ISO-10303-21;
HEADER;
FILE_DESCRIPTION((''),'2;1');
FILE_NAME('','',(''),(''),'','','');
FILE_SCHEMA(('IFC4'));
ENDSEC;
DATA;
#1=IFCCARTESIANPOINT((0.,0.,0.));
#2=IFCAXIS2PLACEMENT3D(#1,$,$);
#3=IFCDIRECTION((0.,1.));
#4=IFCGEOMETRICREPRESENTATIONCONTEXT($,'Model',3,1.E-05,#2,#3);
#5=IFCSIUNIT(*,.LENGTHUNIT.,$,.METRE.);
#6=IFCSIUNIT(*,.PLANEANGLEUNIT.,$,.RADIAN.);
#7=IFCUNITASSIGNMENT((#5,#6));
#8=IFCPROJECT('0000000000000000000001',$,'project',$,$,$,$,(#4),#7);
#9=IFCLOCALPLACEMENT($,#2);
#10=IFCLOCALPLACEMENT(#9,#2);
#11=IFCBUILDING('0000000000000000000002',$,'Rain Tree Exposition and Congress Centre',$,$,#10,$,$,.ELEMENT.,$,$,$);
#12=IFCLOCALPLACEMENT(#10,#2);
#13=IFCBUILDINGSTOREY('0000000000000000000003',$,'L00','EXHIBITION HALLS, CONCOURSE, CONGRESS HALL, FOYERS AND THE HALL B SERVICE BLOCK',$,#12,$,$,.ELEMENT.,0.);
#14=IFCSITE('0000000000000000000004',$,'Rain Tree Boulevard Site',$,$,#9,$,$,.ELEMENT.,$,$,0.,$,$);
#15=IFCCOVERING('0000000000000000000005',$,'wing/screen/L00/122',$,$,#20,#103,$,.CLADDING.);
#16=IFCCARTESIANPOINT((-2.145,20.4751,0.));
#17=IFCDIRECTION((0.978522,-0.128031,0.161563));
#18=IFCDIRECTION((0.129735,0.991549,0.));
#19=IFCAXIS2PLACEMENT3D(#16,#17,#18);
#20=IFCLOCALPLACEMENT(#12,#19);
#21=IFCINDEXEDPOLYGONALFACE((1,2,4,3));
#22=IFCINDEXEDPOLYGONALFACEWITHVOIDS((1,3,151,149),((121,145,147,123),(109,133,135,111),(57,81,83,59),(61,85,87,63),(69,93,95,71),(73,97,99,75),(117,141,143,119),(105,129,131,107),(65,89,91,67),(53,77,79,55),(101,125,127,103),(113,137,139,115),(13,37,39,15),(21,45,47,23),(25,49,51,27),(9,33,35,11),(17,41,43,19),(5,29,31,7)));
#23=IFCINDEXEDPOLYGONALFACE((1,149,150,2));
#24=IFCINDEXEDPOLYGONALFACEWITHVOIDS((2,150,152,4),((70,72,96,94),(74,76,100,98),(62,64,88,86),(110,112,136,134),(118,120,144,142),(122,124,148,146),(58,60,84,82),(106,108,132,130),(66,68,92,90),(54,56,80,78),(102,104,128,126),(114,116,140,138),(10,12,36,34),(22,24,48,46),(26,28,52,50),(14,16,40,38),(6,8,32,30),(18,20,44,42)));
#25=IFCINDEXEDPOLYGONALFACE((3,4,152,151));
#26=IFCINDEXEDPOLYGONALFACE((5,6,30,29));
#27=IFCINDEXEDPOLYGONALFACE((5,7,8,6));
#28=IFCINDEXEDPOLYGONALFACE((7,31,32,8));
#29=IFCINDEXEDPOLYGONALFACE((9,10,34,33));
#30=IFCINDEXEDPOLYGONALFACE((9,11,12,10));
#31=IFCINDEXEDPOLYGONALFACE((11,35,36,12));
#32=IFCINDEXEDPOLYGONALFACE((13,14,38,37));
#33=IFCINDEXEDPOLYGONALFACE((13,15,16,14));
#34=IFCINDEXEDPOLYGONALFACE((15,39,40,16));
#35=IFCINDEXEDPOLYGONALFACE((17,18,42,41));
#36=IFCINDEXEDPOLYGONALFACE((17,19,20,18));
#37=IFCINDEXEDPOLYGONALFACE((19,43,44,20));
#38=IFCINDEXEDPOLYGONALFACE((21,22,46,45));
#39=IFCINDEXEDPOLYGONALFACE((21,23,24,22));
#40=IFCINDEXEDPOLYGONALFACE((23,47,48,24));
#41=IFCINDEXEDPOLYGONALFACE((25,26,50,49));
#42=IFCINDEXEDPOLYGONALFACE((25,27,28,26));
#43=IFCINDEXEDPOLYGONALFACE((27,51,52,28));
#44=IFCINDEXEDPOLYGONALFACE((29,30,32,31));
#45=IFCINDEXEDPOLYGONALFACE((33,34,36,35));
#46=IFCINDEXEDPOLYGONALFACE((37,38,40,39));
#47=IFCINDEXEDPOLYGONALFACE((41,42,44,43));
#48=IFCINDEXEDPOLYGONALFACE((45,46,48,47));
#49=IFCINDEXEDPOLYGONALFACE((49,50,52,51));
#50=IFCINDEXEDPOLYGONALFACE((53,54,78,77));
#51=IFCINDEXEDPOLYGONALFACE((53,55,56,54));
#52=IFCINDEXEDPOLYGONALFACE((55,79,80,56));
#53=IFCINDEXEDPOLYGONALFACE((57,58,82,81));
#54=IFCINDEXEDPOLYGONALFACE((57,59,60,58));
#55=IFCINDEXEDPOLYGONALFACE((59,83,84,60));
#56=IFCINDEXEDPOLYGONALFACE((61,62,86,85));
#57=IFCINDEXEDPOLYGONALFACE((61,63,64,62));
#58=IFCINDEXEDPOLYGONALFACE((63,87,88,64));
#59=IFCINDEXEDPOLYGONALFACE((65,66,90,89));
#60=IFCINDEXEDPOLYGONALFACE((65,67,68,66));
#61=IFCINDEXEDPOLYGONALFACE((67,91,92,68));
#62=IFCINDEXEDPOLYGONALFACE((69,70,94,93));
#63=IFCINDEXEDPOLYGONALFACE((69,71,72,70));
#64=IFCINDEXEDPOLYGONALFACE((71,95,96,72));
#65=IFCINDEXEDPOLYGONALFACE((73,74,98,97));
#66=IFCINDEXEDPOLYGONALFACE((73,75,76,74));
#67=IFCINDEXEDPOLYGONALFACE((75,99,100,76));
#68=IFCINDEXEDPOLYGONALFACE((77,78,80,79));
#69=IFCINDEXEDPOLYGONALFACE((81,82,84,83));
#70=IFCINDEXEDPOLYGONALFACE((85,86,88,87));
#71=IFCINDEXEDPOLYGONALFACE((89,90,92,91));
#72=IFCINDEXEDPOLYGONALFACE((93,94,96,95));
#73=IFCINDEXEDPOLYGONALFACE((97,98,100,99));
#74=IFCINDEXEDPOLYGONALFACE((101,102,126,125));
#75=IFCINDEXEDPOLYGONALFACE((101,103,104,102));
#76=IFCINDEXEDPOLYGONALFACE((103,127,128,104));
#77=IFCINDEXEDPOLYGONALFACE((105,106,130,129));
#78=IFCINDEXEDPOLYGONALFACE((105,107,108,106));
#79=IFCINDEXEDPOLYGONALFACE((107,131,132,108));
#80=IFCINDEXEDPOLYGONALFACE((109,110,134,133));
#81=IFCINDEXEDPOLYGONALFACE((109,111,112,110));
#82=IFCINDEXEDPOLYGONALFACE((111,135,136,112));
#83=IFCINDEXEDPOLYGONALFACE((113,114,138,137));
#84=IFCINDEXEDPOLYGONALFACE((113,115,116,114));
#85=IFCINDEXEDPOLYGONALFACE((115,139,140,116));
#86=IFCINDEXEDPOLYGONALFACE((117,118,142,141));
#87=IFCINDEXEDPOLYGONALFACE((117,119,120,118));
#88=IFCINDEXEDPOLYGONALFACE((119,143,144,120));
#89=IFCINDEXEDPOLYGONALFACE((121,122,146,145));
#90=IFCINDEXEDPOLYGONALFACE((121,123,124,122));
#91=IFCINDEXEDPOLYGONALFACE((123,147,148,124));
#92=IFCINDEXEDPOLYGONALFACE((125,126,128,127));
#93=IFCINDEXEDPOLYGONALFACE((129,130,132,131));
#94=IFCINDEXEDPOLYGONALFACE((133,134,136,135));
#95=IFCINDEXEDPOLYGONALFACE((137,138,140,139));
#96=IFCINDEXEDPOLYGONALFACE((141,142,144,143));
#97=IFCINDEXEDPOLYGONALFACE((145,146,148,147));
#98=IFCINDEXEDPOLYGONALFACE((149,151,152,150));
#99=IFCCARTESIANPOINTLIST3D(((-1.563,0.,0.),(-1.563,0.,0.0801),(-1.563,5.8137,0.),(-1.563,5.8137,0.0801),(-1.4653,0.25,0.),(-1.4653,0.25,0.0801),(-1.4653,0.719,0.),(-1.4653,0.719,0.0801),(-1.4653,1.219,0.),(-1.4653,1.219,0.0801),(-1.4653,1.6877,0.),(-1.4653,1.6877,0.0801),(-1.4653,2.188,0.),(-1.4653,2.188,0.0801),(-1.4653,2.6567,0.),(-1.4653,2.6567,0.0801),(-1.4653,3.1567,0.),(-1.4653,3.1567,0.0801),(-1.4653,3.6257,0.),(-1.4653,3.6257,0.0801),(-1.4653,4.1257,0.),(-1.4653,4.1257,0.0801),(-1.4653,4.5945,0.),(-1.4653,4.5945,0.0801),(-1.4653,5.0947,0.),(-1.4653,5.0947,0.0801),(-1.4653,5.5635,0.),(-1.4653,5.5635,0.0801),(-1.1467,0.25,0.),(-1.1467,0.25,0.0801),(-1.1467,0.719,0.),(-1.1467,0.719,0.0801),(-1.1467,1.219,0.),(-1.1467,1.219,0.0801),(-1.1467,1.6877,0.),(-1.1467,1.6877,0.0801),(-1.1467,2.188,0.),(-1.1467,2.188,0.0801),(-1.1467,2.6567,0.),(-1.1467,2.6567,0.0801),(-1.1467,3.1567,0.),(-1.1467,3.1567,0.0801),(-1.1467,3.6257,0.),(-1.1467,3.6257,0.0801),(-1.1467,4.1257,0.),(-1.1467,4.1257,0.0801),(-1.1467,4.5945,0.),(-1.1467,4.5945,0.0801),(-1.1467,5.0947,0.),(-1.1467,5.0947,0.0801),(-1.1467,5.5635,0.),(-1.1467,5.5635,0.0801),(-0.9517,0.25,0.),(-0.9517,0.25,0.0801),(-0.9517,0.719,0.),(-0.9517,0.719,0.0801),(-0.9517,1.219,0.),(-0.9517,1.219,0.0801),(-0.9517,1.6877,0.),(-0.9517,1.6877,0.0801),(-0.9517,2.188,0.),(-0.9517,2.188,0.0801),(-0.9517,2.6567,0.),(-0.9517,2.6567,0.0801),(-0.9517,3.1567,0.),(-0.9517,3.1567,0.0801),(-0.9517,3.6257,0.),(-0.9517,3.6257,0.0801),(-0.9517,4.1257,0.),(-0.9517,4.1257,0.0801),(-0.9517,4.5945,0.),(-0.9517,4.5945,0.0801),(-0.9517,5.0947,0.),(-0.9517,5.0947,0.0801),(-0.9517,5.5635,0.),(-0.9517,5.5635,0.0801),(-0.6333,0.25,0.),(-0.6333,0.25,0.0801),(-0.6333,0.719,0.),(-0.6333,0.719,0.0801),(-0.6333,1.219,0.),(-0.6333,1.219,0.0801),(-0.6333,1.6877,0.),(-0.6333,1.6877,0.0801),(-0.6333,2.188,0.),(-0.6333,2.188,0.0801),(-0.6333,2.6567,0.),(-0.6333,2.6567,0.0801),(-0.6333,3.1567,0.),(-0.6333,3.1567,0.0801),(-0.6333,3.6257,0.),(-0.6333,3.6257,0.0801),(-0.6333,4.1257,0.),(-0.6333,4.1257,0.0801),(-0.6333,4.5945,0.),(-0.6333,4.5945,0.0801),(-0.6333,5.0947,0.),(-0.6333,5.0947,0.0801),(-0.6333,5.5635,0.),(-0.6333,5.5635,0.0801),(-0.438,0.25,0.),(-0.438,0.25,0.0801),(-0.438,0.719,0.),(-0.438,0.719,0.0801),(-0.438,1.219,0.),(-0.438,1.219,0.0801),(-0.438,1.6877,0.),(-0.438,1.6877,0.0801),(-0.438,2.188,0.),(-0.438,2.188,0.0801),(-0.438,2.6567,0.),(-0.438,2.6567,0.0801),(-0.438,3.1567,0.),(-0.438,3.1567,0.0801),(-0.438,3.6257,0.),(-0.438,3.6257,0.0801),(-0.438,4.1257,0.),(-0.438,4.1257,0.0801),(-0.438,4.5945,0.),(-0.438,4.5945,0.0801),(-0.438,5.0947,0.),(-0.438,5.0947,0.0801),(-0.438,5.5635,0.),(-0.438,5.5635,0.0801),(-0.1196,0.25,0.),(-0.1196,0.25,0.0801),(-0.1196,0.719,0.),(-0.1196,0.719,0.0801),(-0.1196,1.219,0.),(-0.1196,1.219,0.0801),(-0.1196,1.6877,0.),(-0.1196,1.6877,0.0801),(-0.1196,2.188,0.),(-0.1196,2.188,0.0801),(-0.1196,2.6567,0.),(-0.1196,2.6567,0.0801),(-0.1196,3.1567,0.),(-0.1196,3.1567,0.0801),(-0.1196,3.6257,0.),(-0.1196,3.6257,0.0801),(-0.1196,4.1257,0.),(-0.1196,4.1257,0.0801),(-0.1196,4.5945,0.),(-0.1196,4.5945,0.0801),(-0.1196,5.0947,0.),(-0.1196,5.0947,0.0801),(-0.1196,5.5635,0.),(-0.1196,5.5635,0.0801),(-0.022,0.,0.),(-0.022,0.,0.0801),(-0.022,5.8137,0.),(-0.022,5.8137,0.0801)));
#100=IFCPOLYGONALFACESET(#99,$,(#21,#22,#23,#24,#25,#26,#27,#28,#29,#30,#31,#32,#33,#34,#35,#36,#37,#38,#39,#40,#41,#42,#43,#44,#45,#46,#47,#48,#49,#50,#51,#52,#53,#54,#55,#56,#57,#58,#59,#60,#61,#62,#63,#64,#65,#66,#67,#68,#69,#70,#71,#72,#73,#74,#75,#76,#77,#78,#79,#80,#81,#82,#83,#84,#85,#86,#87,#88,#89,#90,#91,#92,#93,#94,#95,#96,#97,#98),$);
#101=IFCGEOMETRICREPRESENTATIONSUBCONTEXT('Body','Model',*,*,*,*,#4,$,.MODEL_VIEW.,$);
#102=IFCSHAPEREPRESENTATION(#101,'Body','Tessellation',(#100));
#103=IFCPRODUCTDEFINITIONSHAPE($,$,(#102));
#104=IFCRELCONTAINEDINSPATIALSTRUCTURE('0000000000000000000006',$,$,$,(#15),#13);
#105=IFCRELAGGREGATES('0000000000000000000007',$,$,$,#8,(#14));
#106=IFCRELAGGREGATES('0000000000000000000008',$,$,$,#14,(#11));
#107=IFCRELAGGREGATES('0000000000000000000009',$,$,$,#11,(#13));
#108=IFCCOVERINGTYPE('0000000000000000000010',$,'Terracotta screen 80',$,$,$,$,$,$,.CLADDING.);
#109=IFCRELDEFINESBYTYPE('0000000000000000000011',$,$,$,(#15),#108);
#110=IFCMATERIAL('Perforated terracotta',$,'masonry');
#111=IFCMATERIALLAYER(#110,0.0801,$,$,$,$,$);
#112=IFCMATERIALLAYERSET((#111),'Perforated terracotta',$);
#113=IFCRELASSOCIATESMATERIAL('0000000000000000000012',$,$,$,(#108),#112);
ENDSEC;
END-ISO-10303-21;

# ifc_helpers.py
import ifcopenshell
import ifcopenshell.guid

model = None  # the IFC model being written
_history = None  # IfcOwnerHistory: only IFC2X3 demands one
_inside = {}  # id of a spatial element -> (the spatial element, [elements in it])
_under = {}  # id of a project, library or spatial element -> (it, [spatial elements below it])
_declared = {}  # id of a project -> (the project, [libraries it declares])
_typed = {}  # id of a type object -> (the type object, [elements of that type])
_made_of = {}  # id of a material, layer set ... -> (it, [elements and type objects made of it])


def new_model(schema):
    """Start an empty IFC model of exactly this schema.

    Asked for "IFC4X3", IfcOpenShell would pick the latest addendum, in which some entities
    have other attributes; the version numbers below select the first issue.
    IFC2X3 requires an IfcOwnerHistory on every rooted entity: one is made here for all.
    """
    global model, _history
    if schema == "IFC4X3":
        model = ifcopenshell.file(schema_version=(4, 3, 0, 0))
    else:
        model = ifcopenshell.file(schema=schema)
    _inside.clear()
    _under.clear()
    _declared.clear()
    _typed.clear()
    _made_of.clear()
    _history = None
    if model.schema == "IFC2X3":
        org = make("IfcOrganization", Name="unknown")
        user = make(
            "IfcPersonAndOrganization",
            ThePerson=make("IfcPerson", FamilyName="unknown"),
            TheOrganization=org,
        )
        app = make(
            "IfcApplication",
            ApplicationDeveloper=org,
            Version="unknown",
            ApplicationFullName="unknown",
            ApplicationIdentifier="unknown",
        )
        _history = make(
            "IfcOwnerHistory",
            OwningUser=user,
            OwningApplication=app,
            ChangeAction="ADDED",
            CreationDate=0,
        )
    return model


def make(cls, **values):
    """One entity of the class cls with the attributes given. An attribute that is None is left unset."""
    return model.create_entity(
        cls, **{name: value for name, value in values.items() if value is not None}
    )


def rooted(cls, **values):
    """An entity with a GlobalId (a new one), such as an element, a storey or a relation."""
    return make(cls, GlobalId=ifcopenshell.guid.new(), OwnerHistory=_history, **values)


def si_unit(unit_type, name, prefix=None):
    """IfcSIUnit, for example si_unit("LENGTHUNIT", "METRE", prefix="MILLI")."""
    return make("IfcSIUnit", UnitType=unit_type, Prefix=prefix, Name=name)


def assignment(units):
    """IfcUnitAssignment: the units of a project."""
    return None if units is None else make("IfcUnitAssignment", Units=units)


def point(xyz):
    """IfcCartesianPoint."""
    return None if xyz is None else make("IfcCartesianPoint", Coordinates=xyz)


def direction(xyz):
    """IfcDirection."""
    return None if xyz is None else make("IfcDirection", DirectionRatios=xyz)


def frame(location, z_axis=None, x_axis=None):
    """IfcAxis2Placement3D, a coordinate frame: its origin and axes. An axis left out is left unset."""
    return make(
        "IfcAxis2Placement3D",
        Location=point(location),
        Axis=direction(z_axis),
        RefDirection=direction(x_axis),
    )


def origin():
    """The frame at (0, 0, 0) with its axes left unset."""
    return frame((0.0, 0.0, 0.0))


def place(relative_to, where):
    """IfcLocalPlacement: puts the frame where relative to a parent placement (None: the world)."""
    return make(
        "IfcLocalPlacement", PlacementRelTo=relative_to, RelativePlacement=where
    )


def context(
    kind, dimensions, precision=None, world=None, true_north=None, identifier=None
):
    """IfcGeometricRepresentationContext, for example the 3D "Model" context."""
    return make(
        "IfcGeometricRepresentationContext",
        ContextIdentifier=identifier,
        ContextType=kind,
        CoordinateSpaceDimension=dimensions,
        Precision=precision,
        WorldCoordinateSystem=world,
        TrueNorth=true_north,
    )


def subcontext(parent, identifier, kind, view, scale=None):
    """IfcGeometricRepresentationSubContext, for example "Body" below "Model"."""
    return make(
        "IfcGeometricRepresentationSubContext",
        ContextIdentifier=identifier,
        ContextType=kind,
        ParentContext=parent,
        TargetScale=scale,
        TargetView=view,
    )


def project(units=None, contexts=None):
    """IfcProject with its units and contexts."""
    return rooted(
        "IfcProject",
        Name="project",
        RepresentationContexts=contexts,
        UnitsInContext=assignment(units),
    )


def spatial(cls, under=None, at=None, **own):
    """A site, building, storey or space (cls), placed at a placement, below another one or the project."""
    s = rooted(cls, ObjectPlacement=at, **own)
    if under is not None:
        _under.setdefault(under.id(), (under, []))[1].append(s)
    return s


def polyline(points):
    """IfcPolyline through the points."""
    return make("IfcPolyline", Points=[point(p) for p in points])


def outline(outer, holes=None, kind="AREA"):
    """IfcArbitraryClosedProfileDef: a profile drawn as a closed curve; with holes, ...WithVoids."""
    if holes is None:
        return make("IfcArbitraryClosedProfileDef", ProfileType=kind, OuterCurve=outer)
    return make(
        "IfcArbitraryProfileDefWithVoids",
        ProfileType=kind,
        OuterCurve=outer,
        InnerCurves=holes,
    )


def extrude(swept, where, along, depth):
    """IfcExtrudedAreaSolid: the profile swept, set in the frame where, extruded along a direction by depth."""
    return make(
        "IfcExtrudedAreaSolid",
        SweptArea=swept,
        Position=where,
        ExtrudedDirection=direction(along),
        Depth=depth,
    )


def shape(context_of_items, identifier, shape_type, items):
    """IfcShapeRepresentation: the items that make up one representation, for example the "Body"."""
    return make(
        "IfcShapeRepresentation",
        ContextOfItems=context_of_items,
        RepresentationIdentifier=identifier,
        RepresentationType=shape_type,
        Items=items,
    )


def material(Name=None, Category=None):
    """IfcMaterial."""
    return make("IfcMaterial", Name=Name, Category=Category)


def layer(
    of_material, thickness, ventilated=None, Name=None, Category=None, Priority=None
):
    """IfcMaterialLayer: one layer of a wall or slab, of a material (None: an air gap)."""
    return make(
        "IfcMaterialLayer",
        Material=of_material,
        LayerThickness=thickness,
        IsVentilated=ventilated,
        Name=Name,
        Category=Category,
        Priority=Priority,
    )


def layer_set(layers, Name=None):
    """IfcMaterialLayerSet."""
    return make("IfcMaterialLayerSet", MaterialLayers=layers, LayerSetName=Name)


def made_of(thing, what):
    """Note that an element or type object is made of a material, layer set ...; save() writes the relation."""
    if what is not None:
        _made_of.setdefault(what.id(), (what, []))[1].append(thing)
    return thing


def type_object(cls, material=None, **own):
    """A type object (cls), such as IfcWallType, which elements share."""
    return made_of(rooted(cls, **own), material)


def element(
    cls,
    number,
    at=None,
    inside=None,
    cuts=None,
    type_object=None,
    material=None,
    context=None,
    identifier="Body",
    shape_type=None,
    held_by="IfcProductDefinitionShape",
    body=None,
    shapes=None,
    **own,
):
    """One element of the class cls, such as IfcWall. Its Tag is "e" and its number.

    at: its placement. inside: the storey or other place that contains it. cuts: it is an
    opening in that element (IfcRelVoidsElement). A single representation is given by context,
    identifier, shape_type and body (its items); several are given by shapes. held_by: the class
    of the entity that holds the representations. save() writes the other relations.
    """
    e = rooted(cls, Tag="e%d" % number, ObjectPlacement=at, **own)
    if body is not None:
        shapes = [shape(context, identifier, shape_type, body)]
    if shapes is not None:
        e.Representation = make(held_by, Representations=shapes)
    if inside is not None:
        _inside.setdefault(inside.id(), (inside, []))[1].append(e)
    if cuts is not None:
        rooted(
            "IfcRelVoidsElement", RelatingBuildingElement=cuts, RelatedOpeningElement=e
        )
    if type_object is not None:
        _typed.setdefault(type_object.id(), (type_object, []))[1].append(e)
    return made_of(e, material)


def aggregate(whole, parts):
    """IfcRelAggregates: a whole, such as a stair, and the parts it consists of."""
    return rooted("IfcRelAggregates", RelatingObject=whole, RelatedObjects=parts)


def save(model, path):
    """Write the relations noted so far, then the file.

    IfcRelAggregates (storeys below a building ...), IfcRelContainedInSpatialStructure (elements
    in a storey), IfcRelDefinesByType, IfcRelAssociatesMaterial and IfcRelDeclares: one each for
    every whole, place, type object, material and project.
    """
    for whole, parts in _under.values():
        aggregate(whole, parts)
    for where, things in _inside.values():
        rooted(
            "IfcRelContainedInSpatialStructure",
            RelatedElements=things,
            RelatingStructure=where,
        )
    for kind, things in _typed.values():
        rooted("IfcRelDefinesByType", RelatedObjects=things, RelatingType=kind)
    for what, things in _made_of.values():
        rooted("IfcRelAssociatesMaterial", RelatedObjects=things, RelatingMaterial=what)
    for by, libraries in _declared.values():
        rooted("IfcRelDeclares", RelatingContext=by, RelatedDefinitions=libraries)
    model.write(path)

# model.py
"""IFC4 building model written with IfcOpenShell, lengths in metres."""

from ifc_helpers import new_model, si_unit, direction, frame, origin, place, context, subcontext, project, spatial, polyline, outline, extrude, material, layer, layer_set, type_object, element, save


model = new_model("IFC4")

# Units and contexts
model_context = context("Model", 3, precision=1e-05, world=origin(), true_north=direction((0.0, 1.0)))
body_context = subcontext(model_context, "Body", "Model", "MODEL_VIEW")
ifc_project = project(units=[si_unit("LENGTHUNIT", "METRE"), si_unit("PLANEANGLEUNIT", "RADIAN")], contexts=[model_context])

# Site, building, storey
site_placement = place(None, origin())
site = spatial("IfcSite", under=ifc_project, at=site_placement, Name="Rain Tree Boulevard Site", CompositionType="ELEMENT", RefElevation=0.0)
building_placement = place(site_placement, origin())
building = spatial("IfcBuilding", under=site, at=building_placement, Name="Rain Tree Exposition and Congress Centre", CompositionType="ELEMENT")
storey_placement = place(building_placement, origin())
storey = spatial("IfcBuildingStorey", under=building, at=storey_placement, Name="L00", Description="EXHIBITION HALLS, CONCOURSE, CONGRESS HALL, FOYERS AND THE HALL B SERVICE BLOCK", CompositionType="ELEMENT", Elevation=0.0)

# Covering
ifc_material_1 = material(Name="Perforated terracotta", Category="masonry")
ifc_layer_1 = layer(ifc_material_1, 0.0801)
ifc_layer_set_1 = layer_set([ifc_layer_1], Name="Perforated terracotta")
covering_type = type_object("IfcCoveringType", Name="Terracotta screen 80", PredefinedType="CLADDING", material=ifc_layer_set_1)
covering_1_placement = place(storey_placement, frame((-2.145, 20.4751, 0.0), z_axis=(0.978522, -0.128031, 0.161563), x_axis=(0.129735, 0.991549, 0.0)))
element("IfcCovering", 1, at=covering_1_placement, inside=storey, type_object=covering_type, Name="wing/screen/L00/122", PredefinedType="CLADDING", context=body_context, shape_type="SweptSolid", body=[
    extrude(outline(polyline([(-1.563, 0.0), (-1.563, 5.8137), (-0.022, 5.8137), (-0.022, 0.0), (-1.563, 0.0)]), holes=[polyline([(-0.1196, 0.25), (-0.1196, 0.719), (-0.438, 0.719), (-0.438, 0.25), (-0.1196, 0.25)]), polyline([(-0.1196, 1.219), (-0.1196, 1.6877), (-0.438, 1.6877), (-0.438, 1.219), (-0.1196, 1.219)]), polyline([(-0.1196, 2.188), (-0.1196, 2.6567), (-0.438, 2.6567), (-0.438, 2.188), (-0.1196, 2.188)]), polyline([(-0.1196, 3.1567), (-0.1196, 3.6257), (-0.438, 3.6257), (-0.438, 3.1567), (-0.1196, 3.1567)]), polyline([(-0.1196, 4.1257), (-0.1196, 4.5945), (-0.438, 4.5945), (-0.438, 4.1257), (-0.1196, 4.1257)]), polyline([(-0.1196, 5.0947), (-0.1196, 5.5635), (-0.438, 5.5635), (-0.438, 5.0947), (-0.1196, 5.0947)]), polyline([(-0.6333, 0.25), (-0.6333, 0.719), (-0.9517, 0.719), (-0.9517, 0.25), (-0.6333, 0.25)]), polyline([(-0.6333, 1.219), (-0.6333, 1.6877), (-0.9517, 1.6877), (-0.9517, 1.219), (-0.6333, 1.219)]), polyline([(-0.6333, 2.188), (-0.6333, 2.6567), (-0.9517, 2.6567), (-0.9517, 2.188), (-0.6333, 2.188)]), polyline([(-0.6333, 3.1567), (-0.6333, 3.6257), (-0.9517, 3.6257), (-0.9517, 3.1567), (-0.6333, 3.1567)]), polyline([(-0.6333, 4.1257), (-0.6333, 4.5945), (-0.9517, 4.5945), (-0.9517, 4.1257), (-0.6333, 4.1257)]), polyline([(-0.6333, 5.0947), (-0.6333, 5.5635), (-0.9517, 5.5635), (-0.9517, 5.0947), (-0.6333, 5.0947)]), polyline([(-1.1467, 0.25), (-1.1467, 0.719), (-1.4653, 0.719), (-1.4653, 0.25), (-1.1467, 0.25)]), polyline([(-1.1467, 1.219), (-1.1467, 1.6877), (-1.4653, 1.6877), (-1.4653, 1.219), (-1.1467, 1.219)]), polyline([(-1.1467, 2.188), (-1.1467, 2.6567), (-1.4653, 2.6567), (-1.4653, 2.188), (-1.1467, 2.188)]), polyline([(-1.1467, 3.1567), (-1.1467, 3.6257), (-1.4653, 3.6257), (-1.4653, 3.1567), (-1.1467, 3.1567)]), polyline([(-1.1467, 4.1257), (-1.1467, 4.5945), (-1.4653, 4.5945), (-1.4653, 4.1257), (-1.1467, 4.1257)]), polyline([(-1.1467, 5.0947), (-1.1467, 5.5635), (-1.4653, 5.5635), (-1.4653, 5.0947), (-1.1467, 5.0947)])]), origin(), (0.0, 0.0, 1.0), 0.0801),
])

save(model, "model.ifc")
